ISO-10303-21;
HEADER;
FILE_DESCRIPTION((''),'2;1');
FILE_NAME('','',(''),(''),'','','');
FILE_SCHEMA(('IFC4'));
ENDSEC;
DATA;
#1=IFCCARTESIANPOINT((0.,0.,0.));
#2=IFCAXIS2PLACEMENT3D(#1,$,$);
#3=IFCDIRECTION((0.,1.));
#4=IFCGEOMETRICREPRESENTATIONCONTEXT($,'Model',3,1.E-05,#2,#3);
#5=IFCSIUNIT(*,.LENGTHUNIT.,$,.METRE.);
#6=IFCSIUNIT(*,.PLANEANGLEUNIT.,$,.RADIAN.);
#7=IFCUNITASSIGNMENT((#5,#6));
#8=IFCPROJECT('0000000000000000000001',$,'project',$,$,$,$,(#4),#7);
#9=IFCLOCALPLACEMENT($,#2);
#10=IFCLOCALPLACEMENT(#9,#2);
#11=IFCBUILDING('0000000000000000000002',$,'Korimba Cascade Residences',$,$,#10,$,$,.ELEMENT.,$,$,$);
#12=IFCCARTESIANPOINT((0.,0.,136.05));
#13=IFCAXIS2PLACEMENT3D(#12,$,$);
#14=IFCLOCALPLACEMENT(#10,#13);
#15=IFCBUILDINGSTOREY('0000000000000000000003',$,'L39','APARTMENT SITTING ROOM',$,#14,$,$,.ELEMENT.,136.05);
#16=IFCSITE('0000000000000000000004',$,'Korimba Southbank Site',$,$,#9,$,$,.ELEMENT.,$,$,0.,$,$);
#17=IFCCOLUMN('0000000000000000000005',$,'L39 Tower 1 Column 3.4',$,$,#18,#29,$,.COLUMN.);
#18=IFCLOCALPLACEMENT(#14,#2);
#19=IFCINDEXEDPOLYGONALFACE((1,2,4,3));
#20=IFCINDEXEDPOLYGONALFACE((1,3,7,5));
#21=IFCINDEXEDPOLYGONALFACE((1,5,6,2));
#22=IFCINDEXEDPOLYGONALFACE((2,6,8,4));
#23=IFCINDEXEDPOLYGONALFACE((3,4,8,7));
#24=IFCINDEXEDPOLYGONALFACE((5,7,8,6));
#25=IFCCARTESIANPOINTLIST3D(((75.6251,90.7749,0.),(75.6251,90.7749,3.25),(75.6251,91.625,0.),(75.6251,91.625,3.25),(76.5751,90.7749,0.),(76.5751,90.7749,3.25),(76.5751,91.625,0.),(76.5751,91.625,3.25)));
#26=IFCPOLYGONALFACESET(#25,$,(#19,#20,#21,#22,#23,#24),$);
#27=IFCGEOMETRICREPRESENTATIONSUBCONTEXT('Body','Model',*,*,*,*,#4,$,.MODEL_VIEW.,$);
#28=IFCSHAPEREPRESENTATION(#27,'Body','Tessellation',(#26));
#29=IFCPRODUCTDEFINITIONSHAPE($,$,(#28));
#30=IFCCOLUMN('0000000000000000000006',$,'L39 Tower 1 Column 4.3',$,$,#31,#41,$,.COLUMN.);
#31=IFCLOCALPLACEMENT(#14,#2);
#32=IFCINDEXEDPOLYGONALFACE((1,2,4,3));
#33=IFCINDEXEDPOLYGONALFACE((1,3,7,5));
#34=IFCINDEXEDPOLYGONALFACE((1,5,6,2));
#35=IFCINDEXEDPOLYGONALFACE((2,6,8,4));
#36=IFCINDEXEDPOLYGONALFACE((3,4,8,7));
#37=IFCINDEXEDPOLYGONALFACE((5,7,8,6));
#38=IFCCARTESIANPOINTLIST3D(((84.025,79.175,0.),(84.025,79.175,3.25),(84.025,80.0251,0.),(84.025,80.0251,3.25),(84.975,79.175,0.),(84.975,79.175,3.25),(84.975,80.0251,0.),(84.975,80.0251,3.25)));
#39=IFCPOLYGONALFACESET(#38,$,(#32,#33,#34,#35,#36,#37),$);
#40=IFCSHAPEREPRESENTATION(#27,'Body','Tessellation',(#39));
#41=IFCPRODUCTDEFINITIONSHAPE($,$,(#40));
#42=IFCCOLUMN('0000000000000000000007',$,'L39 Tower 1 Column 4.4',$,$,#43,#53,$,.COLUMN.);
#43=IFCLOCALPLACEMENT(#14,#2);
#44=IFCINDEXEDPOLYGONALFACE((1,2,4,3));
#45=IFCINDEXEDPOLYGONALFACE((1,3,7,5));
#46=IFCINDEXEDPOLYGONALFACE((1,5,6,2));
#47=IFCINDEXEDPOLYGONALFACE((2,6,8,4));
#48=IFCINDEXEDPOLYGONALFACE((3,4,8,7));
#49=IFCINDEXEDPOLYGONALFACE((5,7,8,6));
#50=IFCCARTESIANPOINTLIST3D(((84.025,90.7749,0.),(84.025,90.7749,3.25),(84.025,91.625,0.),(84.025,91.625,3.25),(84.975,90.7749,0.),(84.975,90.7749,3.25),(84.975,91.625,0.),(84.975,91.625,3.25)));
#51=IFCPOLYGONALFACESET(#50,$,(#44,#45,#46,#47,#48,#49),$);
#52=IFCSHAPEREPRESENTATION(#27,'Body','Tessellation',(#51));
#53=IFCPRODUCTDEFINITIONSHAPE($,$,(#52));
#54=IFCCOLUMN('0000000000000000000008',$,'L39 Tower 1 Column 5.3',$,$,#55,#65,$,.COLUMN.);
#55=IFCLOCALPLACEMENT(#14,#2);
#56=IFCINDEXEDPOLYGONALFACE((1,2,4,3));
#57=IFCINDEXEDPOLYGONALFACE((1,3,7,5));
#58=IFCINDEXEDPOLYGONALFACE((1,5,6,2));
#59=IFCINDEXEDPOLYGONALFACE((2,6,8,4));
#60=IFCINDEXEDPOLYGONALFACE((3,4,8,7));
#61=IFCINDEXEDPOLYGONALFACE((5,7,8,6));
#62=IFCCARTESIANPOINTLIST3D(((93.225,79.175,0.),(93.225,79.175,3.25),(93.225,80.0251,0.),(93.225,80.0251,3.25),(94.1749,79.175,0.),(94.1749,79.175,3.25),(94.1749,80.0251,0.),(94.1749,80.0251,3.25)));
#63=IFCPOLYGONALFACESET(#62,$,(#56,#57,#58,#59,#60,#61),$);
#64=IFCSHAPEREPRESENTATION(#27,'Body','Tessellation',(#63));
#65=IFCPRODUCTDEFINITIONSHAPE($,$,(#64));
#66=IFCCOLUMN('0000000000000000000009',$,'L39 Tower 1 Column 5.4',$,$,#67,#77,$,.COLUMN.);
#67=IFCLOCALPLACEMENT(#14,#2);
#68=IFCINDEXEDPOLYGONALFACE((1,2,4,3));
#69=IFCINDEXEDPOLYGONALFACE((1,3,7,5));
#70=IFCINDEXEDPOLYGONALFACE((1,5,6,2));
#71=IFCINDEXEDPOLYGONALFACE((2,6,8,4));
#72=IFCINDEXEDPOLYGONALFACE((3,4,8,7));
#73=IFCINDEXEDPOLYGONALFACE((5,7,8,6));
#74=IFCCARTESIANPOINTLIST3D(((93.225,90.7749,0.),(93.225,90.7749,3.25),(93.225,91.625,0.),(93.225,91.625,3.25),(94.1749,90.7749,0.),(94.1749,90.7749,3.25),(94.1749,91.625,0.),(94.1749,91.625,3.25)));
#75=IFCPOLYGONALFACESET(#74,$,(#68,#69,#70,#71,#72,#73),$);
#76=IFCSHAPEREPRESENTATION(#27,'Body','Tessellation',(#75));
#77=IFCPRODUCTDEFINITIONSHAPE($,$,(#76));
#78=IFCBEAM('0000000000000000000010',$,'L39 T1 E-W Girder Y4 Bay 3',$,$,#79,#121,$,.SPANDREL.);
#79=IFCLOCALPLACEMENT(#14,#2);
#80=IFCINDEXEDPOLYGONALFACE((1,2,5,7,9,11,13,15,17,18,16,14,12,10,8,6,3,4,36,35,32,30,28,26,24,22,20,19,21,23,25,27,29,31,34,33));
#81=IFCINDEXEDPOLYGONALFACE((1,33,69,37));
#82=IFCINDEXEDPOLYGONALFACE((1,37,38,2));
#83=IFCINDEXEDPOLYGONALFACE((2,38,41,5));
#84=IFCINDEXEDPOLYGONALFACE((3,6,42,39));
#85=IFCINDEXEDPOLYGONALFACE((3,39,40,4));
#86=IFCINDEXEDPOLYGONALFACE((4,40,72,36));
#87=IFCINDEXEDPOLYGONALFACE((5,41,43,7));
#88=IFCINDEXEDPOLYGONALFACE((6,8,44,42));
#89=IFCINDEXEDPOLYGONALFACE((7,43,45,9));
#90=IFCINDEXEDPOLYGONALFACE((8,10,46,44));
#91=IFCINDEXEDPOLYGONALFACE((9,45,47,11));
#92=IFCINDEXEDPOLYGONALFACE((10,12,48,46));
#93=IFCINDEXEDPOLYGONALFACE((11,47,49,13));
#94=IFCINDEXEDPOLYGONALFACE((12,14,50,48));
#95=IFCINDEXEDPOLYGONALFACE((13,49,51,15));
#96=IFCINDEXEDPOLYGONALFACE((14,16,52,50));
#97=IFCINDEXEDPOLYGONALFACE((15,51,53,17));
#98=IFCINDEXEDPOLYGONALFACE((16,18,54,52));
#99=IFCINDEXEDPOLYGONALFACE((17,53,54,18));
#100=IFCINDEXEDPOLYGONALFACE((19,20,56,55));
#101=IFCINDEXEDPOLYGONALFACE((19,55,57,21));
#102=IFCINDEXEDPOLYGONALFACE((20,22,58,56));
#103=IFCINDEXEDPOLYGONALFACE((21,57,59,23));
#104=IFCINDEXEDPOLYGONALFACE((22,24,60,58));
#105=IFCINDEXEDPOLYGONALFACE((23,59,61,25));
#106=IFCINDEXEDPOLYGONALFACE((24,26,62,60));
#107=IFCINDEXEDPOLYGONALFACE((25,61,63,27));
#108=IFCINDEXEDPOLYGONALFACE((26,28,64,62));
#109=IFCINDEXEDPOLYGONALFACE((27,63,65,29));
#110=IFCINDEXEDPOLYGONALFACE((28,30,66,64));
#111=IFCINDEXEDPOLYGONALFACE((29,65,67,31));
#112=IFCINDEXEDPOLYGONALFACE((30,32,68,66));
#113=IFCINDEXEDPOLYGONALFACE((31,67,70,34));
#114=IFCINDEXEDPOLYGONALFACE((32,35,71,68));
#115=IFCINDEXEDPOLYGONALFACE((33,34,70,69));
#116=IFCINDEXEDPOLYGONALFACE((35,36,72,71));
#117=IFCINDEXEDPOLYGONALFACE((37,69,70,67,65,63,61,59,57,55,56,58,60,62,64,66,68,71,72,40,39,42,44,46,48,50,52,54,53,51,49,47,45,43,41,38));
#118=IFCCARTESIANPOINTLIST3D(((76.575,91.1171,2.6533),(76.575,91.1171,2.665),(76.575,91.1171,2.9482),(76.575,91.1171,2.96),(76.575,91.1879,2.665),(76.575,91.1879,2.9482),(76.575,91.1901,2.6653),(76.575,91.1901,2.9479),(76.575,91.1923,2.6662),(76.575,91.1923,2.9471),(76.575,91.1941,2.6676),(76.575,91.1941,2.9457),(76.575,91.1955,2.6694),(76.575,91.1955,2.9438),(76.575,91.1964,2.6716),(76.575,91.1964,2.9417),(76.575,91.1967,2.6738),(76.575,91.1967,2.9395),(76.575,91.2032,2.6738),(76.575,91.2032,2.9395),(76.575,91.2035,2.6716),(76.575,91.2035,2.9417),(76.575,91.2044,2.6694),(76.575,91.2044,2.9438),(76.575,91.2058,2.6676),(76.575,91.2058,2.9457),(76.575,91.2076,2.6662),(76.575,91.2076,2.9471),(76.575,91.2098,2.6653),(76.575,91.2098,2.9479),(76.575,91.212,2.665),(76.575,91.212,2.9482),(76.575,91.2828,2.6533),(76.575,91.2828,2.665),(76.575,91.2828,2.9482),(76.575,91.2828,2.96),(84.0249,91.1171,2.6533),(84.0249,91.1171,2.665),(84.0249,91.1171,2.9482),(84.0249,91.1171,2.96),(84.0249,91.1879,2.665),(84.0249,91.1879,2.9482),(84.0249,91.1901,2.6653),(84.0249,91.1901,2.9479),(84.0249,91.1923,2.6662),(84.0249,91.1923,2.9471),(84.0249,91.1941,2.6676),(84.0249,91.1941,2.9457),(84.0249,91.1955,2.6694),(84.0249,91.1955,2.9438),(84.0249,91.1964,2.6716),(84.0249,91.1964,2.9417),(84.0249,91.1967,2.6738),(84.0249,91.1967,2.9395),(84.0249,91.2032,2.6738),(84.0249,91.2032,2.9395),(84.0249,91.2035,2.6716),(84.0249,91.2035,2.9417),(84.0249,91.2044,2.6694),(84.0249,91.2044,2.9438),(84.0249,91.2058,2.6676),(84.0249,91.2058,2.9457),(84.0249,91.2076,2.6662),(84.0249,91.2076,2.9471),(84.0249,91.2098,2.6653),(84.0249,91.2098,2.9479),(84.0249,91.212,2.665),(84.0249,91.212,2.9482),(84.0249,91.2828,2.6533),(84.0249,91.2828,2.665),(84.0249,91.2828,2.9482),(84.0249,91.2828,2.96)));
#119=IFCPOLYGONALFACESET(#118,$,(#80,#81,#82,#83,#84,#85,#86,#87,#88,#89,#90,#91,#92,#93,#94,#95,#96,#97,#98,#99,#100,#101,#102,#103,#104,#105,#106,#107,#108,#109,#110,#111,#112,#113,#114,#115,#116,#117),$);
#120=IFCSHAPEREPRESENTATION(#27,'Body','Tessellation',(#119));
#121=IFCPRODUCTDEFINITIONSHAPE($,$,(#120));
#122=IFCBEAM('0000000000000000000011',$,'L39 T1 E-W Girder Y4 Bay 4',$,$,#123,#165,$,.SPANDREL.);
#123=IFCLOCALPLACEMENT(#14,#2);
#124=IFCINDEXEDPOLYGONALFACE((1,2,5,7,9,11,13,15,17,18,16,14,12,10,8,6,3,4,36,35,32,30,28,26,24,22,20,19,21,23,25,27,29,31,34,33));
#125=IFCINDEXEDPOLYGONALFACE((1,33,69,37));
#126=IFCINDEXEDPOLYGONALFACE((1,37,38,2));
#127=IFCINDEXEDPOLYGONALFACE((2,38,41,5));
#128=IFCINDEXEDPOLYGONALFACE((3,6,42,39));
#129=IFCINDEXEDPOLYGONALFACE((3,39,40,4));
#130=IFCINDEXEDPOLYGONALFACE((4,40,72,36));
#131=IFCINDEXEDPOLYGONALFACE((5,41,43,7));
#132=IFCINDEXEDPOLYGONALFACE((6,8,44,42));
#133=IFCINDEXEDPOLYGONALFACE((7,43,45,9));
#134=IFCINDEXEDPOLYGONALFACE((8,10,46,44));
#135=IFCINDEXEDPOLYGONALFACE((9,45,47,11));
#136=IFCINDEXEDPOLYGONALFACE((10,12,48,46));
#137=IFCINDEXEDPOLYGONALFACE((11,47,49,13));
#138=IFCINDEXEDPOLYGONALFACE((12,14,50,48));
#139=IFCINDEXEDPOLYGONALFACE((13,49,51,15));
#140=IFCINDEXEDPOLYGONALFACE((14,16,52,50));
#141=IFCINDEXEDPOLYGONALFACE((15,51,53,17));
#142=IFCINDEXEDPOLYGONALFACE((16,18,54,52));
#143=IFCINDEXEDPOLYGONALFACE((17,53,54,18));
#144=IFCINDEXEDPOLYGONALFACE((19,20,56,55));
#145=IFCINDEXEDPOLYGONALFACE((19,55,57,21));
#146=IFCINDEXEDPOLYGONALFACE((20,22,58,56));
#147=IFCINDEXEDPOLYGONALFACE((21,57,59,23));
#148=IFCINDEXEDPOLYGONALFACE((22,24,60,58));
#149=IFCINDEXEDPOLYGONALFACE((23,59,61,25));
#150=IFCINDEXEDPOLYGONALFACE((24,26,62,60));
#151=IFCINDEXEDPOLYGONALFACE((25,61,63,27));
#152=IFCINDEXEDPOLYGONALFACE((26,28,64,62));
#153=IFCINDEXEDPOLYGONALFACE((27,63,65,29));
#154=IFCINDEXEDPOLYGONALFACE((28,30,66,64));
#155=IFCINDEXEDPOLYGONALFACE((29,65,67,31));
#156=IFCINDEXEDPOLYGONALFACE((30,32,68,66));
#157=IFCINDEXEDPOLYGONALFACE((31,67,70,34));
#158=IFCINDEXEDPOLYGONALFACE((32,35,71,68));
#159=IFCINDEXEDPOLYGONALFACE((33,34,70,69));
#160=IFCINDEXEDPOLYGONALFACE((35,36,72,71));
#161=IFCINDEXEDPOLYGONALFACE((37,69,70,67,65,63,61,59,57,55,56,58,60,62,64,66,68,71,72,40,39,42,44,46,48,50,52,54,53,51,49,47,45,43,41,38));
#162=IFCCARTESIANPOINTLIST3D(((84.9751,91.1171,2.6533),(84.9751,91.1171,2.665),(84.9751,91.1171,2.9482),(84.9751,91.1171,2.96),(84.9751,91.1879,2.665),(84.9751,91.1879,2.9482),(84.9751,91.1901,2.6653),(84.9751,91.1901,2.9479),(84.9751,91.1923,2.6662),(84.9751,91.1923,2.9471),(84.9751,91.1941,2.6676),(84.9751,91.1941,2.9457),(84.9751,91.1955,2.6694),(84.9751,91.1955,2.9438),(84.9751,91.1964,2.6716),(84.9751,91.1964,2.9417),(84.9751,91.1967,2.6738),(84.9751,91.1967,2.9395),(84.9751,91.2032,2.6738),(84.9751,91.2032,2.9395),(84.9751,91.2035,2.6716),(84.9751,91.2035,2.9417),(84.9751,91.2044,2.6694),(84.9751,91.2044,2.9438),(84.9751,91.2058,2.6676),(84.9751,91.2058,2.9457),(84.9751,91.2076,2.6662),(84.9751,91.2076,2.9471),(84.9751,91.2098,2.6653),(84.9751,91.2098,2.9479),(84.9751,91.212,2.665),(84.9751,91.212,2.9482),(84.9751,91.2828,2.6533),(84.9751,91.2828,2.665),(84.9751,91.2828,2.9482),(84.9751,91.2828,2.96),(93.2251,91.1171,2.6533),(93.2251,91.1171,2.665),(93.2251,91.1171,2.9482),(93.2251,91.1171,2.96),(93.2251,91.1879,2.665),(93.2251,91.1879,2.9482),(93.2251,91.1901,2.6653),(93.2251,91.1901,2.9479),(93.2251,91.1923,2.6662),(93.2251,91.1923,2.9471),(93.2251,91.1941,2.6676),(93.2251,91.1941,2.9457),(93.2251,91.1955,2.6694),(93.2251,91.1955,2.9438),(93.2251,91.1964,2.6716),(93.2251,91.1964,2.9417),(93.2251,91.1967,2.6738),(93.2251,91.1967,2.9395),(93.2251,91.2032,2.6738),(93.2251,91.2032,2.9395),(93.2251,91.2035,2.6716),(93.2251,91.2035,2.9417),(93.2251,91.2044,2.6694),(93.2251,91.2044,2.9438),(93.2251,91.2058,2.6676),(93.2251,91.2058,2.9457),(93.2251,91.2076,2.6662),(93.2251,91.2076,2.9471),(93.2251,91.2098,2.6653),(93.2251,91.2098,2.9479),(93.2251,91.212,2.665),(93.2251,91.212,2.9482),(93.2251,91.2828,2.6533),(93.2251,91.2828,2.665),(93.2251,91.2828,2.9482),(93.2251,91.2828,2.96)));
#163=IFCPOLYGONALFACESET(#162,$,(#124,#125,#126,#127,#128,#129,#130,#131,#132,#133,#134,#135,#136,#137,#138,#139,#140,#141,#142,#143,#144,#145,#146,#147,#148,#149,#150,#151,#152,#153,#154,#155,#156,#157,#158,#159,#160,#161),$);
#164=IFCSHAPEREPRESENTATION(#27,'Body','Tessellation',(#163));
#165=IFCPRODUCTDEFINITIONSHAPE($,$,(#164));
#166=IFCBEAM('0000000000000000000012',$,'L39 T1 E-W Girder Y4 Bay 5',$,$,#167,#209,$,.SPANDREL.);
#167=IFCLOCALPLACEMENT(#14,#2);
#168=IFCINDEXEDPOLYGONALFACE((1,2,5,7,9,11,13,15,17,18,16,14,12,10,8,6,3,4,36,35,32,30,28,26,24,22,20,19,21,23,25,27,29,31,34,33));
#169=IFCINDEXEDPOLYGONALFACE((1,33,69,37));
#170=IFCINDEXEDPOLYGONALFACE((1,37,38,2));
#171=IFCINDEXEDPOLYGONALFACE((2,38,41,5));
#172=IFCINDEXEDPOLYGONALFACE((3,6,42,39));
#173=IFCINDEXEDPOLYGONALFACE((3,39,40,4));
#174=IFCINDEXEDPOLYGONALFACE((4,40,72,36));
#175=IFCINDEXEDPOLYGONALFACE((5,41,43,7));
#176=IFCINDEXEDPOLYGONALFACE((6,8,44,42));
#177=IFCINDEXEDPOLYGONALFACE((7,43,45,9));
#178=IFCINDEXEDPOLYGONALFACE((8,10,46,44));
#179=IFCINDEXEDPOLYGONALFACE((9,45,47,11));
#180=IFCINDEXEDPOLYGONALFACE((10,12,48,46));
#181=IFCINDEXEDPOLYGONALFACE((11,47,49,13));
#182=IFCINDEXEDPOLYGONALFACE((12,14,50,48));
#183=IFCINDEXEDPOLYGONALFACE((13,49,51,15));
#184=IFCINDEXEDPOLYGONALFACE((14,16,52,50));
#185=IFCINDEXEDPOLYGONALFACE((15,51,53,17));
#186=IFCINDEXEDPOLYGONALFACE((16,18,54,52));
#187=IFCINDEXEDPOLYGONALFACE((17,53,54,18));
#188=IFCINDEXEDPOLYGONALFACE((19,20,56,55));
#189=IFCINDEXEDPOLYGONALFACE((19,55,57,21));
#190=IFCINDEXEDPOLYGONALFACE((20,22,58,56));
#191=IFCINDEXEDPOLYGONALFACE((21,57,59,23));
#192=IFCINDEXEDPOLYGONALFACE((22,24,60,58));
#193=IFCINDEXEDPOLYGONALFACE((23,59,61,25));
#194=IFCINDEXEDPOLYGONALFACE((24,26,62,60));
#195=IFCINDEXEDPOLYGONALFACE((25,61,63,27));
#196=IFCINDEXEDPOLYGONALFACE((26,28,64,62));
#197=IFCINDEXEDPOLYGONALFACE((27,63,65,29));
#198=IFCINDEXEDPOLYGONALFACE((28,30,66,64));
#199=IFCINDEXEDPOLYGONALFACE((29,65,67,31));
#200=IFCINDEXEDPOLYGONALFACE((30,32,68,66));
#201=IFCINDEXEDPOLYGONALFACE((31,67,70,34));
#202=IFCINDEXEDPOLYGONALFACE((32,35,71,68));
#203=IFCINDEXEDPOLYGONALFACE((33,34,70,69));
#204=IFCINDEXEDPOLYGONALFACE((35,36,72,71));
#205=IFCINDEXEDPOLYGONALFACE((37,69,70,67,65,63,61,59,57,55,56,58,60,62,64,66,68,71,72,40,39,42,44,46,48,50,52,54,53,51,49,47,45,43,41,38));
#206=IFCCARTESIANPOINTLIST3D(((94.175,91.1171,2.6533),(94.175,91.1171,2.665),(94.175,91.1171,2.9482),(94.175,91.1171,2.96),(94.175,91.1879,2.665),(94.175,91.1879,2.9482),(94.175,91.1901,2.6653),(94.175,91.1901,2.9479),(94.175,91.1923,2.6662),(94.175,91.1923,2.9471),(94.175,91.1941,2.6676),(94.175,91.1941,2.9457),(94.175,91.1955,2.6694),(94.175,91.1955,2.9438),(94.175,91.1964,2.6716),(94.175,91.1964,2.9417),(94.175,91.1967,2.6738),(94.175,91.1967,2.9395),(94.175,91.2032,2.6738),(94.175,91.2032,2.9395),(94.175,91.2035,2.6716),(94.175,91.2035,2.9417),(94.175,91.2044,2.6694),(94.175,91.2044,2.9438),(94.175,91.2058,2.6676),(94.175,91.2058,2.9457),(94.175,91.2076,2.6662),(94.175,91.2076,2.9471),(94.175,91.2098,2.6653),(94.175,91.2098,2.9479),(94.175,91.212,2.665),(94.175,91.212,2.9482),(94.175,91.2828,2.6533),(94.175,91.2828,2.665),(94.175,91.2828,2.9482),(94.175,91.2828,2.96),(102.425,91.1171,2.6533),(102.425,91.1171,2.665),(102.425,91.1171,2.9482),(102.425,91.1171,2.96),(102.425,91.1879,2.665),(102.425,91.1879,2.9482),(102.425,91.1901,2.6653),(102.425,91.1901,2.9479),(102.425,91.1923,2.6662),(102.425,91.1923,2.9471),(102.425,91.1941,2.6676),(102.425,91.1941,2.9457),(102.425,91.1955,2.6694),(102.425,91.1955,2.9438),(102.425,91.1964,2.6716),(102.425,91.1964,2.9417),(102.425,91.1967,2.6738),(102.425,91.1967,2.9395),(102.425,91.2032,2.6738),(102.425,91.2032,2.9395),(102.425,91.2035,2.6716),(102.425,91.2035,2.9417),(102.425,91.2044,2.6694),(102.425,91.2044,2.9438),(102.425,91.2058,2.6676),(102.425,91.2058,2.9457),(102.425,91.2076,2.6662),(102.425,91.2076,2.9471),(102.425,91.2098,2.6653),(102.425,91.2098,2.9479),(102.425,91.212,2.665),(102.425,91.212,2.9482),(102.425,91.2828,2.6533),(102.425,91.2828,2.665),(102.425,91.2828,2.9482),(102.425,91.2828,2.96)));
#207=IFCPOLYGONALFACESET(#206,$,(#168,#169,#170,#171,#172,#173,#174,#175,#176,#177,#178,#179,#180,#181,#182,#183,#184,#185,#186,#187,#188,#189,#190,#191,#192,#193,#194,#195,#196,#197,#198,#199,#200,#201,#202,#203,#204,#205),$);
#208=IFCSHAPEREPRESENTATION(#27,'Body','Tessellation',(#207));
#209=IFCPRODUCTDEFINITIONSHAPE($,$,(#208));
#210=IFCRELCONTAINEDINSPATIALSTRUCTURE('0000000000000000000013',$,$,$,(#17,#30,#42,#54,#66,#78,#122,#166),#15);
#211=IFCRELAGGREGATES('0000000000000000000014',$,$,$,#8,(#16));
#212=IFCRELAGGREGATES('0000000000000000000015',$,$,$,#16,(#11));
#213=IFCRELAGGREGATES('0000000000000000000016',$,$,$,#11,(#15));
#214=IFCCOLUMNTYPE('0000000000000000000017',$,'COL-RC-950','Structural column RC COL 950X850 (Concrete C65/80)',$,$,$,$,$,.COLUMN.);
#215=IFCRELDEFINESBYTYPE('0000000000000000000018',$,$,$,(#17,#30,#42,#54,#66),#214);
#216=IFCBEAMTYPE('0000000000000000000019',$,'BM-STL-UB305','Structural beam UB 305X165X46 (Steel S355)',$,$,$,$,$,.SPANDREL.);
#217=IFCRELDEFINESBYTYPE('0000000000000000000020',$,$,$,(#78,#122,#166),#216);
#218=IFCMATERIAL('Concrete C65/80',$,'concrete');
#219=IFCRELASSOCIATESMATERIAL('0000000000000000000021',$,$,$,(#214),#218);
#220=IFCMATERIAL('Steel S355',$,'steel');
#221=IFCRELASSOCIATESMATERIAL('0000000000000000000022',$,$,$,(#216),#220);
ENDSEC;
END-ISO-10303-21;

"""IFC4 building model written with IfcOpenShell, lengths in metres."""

from ifc_helpers import new_model, si_unit, direction, frame, origin, origin_2d, place, context, subcontext, project, spatial, rectangle, i_section, extrude, material, material_profile, profile_set, type_object, element, save


model = new_model("IFC4")

# Units and contexts
model_context = context("Model", 3, precision=1e-05, world=origin(), true_north=direction((0.0, 1.0)))
body_context = subcontext(model_context, "Body", "Model", "MODEL_VIEW")
ifc_project = project(units=[si_unit("LENGTHUNIT", "METRE"), si_unit("PLANEANGLEUNIT", "RADIAN")], contexts=[model_context])

# Site, building, storey
site_placement = place(None, origin())
site = spatial("IfcSite", under=ifc_project, at=site_placement, Name="Korimba Southbank Site", CompositionType="ELEMENT", RefElevation=0.0)
building_placement = place(site_placement, origin())
building = spatial("IfcBuilding", under=site, at=building_placement, Name="Korimba Cascade Residences", CompositionType="ELEMENT")
storey_placement = place(building_placement, frame((0.0, 0.0, 136.05)))
storey = spatial("IfcBuildingStorey", under=building, at=storey_placement, Name="L39", Description="APARTMENT SITTING ROOM", CompositionType="ELEMENT", Elevation=136.05)

# Columns
ifc_material_1 = material(Name="Concrete C65/80", Category="concrete")
ifc_material_profile_1 = material_profile(ifc_material_1, rectangle(XDim=0.95, YDim=0.8501, at=origin_2d()), Name="Concrete C65/80")
ifc_profile_set_1 = profile_set([ifc_material_profile_1], Name="Concrete C65/80")
column_type = type_object("IfcColumnType", Name="COL-RC-950", Description="Structural column RC COL 950X850 (Concrete C65/80)", PredefinedType="COLUMN", material=ifc_profile_set_1)
for number, where, z_axis, x_axis, name in (
    (1, (76.1001, 91.2, 0.0), (0.0, 0.0, 1.0), (1.0, 0.0, 0.0), "L39 Tower 1 Column 3.4"),
    (2, (84.5, 79.6001, 0.0), (0.0, 0.0, 1.0), (1.0, 0.0, 0.0), "L39 Tower 1 Column 4.3"),
    (3, (84.5, 91.2, 0.0), (0.0, 0.0, 1.0), (1.0, 0.0, 0.0), "L39 Tower 1 Column 4.4"),
    (4, (93.7, 79.6001, 0.0), (0.0, 0.0, 1.0), (1.0, 0.0, 0.0), "L39 Tower 1 Column 5.3"),
    (5, (93.7, 91.2, 0.0), (0.0, 0.0, 1.0), (1.0, 0.0, 0.0), "L39 Tower 1 Column 5.4"),
):
    element("IfcColumn", number, at=place(storey_placement, frame(where, z_axis=z_axis, x_axis=x_axis)), inside=storey, type_object=column_type, Name=name, PredefinedType="COLUMN", context=body_context, shape_type="SweptSolid", body=[
        extrude(rectangle(XDim=0.95, YDim=0.8501, at=origin_2d()), origin(), (0.0, 0.0, 1.0), 3.25),
    ])

# Beams
ifc_material_2 = material(Name="Steel S355", Category="steel")
ifc_material_profile_2 = material_profile(ifc_material_2, i_section(OverallWidth=0.1658, OverallDepth=0.3066, WebThickness=0.0066, FlangeThickness=0.0117, FilletRadius=0.0088, at=origin_2d()), Name="Steel S355")
ifc_profile_set_2 = profile_set([ifc_material_profile_2], Name="Steel S355")
beam_type_1 = type_object("IfcBeamType", Name="BM-STL-UB305", Description="Structural beam UB 305X165X46 (Steel S355)", PredefinedType="SPANDREL", material=ifc_profile_set_2)
beam_1_placement = place(storey_placement, frame((76.575, 91.2, 2.8066), z_axis=(1.0, 0.0, 0.0), x_axis=(0.0, 1.0, 0.0)))
element("IfcBeam", 6, at=beam_1_placement, inside=storey, type_object=beam_type_1, Name="L39 T1 E-W Girder Y4 Bay 3", PredefinedType="SPANDREL", context=body_context, shape_type="SweptSolid", body=[
    extrude(i_section(OverallWidth=0.1658, OverallDepth=0.3066, WebThickness=0.0066, FlangeThickness=0.0117, FilletRadius=0.0088, at=origin_2d()), origin(), (0.0, 0.0, 1.0), 7.45),
])
for number, where, z_axis, x_axis, name in (
    (7, (84.9751, 91.2, 2.8066), (1.0, 0.0, 0.0), (0.0, 1.0, 0.0), "L39 T1 E-W Girder Y4 Bay 4"),
    (8, (94.175, 91.2, 2.8066), (1.0, 0.0, 0.0), (0.0, 1.0, 0.0), "L39 T1 E-W Girder Y4 Bay 5"),
):
    element("IfcBeam", number, at=place(storey_placement, frame(where, z_axis=z_axis, x_axis=x_axis)), inside=storey, type_object=beam_type_1, Name=name, PredefinedType="SPANDREL", context=body_context, shape_type="SweptSolid", body=[
        extrude(i_section(OverallWidth=0.1658, OverallDepth=0.3066, WebThickness=0.0066, FlangeThickness=0.0117, FilletRadius=0.0088, at=origin_2d()), origin(), (0.0, 0.0, 1.0), 8.25),
    ])

save(model, "model.ifc")
